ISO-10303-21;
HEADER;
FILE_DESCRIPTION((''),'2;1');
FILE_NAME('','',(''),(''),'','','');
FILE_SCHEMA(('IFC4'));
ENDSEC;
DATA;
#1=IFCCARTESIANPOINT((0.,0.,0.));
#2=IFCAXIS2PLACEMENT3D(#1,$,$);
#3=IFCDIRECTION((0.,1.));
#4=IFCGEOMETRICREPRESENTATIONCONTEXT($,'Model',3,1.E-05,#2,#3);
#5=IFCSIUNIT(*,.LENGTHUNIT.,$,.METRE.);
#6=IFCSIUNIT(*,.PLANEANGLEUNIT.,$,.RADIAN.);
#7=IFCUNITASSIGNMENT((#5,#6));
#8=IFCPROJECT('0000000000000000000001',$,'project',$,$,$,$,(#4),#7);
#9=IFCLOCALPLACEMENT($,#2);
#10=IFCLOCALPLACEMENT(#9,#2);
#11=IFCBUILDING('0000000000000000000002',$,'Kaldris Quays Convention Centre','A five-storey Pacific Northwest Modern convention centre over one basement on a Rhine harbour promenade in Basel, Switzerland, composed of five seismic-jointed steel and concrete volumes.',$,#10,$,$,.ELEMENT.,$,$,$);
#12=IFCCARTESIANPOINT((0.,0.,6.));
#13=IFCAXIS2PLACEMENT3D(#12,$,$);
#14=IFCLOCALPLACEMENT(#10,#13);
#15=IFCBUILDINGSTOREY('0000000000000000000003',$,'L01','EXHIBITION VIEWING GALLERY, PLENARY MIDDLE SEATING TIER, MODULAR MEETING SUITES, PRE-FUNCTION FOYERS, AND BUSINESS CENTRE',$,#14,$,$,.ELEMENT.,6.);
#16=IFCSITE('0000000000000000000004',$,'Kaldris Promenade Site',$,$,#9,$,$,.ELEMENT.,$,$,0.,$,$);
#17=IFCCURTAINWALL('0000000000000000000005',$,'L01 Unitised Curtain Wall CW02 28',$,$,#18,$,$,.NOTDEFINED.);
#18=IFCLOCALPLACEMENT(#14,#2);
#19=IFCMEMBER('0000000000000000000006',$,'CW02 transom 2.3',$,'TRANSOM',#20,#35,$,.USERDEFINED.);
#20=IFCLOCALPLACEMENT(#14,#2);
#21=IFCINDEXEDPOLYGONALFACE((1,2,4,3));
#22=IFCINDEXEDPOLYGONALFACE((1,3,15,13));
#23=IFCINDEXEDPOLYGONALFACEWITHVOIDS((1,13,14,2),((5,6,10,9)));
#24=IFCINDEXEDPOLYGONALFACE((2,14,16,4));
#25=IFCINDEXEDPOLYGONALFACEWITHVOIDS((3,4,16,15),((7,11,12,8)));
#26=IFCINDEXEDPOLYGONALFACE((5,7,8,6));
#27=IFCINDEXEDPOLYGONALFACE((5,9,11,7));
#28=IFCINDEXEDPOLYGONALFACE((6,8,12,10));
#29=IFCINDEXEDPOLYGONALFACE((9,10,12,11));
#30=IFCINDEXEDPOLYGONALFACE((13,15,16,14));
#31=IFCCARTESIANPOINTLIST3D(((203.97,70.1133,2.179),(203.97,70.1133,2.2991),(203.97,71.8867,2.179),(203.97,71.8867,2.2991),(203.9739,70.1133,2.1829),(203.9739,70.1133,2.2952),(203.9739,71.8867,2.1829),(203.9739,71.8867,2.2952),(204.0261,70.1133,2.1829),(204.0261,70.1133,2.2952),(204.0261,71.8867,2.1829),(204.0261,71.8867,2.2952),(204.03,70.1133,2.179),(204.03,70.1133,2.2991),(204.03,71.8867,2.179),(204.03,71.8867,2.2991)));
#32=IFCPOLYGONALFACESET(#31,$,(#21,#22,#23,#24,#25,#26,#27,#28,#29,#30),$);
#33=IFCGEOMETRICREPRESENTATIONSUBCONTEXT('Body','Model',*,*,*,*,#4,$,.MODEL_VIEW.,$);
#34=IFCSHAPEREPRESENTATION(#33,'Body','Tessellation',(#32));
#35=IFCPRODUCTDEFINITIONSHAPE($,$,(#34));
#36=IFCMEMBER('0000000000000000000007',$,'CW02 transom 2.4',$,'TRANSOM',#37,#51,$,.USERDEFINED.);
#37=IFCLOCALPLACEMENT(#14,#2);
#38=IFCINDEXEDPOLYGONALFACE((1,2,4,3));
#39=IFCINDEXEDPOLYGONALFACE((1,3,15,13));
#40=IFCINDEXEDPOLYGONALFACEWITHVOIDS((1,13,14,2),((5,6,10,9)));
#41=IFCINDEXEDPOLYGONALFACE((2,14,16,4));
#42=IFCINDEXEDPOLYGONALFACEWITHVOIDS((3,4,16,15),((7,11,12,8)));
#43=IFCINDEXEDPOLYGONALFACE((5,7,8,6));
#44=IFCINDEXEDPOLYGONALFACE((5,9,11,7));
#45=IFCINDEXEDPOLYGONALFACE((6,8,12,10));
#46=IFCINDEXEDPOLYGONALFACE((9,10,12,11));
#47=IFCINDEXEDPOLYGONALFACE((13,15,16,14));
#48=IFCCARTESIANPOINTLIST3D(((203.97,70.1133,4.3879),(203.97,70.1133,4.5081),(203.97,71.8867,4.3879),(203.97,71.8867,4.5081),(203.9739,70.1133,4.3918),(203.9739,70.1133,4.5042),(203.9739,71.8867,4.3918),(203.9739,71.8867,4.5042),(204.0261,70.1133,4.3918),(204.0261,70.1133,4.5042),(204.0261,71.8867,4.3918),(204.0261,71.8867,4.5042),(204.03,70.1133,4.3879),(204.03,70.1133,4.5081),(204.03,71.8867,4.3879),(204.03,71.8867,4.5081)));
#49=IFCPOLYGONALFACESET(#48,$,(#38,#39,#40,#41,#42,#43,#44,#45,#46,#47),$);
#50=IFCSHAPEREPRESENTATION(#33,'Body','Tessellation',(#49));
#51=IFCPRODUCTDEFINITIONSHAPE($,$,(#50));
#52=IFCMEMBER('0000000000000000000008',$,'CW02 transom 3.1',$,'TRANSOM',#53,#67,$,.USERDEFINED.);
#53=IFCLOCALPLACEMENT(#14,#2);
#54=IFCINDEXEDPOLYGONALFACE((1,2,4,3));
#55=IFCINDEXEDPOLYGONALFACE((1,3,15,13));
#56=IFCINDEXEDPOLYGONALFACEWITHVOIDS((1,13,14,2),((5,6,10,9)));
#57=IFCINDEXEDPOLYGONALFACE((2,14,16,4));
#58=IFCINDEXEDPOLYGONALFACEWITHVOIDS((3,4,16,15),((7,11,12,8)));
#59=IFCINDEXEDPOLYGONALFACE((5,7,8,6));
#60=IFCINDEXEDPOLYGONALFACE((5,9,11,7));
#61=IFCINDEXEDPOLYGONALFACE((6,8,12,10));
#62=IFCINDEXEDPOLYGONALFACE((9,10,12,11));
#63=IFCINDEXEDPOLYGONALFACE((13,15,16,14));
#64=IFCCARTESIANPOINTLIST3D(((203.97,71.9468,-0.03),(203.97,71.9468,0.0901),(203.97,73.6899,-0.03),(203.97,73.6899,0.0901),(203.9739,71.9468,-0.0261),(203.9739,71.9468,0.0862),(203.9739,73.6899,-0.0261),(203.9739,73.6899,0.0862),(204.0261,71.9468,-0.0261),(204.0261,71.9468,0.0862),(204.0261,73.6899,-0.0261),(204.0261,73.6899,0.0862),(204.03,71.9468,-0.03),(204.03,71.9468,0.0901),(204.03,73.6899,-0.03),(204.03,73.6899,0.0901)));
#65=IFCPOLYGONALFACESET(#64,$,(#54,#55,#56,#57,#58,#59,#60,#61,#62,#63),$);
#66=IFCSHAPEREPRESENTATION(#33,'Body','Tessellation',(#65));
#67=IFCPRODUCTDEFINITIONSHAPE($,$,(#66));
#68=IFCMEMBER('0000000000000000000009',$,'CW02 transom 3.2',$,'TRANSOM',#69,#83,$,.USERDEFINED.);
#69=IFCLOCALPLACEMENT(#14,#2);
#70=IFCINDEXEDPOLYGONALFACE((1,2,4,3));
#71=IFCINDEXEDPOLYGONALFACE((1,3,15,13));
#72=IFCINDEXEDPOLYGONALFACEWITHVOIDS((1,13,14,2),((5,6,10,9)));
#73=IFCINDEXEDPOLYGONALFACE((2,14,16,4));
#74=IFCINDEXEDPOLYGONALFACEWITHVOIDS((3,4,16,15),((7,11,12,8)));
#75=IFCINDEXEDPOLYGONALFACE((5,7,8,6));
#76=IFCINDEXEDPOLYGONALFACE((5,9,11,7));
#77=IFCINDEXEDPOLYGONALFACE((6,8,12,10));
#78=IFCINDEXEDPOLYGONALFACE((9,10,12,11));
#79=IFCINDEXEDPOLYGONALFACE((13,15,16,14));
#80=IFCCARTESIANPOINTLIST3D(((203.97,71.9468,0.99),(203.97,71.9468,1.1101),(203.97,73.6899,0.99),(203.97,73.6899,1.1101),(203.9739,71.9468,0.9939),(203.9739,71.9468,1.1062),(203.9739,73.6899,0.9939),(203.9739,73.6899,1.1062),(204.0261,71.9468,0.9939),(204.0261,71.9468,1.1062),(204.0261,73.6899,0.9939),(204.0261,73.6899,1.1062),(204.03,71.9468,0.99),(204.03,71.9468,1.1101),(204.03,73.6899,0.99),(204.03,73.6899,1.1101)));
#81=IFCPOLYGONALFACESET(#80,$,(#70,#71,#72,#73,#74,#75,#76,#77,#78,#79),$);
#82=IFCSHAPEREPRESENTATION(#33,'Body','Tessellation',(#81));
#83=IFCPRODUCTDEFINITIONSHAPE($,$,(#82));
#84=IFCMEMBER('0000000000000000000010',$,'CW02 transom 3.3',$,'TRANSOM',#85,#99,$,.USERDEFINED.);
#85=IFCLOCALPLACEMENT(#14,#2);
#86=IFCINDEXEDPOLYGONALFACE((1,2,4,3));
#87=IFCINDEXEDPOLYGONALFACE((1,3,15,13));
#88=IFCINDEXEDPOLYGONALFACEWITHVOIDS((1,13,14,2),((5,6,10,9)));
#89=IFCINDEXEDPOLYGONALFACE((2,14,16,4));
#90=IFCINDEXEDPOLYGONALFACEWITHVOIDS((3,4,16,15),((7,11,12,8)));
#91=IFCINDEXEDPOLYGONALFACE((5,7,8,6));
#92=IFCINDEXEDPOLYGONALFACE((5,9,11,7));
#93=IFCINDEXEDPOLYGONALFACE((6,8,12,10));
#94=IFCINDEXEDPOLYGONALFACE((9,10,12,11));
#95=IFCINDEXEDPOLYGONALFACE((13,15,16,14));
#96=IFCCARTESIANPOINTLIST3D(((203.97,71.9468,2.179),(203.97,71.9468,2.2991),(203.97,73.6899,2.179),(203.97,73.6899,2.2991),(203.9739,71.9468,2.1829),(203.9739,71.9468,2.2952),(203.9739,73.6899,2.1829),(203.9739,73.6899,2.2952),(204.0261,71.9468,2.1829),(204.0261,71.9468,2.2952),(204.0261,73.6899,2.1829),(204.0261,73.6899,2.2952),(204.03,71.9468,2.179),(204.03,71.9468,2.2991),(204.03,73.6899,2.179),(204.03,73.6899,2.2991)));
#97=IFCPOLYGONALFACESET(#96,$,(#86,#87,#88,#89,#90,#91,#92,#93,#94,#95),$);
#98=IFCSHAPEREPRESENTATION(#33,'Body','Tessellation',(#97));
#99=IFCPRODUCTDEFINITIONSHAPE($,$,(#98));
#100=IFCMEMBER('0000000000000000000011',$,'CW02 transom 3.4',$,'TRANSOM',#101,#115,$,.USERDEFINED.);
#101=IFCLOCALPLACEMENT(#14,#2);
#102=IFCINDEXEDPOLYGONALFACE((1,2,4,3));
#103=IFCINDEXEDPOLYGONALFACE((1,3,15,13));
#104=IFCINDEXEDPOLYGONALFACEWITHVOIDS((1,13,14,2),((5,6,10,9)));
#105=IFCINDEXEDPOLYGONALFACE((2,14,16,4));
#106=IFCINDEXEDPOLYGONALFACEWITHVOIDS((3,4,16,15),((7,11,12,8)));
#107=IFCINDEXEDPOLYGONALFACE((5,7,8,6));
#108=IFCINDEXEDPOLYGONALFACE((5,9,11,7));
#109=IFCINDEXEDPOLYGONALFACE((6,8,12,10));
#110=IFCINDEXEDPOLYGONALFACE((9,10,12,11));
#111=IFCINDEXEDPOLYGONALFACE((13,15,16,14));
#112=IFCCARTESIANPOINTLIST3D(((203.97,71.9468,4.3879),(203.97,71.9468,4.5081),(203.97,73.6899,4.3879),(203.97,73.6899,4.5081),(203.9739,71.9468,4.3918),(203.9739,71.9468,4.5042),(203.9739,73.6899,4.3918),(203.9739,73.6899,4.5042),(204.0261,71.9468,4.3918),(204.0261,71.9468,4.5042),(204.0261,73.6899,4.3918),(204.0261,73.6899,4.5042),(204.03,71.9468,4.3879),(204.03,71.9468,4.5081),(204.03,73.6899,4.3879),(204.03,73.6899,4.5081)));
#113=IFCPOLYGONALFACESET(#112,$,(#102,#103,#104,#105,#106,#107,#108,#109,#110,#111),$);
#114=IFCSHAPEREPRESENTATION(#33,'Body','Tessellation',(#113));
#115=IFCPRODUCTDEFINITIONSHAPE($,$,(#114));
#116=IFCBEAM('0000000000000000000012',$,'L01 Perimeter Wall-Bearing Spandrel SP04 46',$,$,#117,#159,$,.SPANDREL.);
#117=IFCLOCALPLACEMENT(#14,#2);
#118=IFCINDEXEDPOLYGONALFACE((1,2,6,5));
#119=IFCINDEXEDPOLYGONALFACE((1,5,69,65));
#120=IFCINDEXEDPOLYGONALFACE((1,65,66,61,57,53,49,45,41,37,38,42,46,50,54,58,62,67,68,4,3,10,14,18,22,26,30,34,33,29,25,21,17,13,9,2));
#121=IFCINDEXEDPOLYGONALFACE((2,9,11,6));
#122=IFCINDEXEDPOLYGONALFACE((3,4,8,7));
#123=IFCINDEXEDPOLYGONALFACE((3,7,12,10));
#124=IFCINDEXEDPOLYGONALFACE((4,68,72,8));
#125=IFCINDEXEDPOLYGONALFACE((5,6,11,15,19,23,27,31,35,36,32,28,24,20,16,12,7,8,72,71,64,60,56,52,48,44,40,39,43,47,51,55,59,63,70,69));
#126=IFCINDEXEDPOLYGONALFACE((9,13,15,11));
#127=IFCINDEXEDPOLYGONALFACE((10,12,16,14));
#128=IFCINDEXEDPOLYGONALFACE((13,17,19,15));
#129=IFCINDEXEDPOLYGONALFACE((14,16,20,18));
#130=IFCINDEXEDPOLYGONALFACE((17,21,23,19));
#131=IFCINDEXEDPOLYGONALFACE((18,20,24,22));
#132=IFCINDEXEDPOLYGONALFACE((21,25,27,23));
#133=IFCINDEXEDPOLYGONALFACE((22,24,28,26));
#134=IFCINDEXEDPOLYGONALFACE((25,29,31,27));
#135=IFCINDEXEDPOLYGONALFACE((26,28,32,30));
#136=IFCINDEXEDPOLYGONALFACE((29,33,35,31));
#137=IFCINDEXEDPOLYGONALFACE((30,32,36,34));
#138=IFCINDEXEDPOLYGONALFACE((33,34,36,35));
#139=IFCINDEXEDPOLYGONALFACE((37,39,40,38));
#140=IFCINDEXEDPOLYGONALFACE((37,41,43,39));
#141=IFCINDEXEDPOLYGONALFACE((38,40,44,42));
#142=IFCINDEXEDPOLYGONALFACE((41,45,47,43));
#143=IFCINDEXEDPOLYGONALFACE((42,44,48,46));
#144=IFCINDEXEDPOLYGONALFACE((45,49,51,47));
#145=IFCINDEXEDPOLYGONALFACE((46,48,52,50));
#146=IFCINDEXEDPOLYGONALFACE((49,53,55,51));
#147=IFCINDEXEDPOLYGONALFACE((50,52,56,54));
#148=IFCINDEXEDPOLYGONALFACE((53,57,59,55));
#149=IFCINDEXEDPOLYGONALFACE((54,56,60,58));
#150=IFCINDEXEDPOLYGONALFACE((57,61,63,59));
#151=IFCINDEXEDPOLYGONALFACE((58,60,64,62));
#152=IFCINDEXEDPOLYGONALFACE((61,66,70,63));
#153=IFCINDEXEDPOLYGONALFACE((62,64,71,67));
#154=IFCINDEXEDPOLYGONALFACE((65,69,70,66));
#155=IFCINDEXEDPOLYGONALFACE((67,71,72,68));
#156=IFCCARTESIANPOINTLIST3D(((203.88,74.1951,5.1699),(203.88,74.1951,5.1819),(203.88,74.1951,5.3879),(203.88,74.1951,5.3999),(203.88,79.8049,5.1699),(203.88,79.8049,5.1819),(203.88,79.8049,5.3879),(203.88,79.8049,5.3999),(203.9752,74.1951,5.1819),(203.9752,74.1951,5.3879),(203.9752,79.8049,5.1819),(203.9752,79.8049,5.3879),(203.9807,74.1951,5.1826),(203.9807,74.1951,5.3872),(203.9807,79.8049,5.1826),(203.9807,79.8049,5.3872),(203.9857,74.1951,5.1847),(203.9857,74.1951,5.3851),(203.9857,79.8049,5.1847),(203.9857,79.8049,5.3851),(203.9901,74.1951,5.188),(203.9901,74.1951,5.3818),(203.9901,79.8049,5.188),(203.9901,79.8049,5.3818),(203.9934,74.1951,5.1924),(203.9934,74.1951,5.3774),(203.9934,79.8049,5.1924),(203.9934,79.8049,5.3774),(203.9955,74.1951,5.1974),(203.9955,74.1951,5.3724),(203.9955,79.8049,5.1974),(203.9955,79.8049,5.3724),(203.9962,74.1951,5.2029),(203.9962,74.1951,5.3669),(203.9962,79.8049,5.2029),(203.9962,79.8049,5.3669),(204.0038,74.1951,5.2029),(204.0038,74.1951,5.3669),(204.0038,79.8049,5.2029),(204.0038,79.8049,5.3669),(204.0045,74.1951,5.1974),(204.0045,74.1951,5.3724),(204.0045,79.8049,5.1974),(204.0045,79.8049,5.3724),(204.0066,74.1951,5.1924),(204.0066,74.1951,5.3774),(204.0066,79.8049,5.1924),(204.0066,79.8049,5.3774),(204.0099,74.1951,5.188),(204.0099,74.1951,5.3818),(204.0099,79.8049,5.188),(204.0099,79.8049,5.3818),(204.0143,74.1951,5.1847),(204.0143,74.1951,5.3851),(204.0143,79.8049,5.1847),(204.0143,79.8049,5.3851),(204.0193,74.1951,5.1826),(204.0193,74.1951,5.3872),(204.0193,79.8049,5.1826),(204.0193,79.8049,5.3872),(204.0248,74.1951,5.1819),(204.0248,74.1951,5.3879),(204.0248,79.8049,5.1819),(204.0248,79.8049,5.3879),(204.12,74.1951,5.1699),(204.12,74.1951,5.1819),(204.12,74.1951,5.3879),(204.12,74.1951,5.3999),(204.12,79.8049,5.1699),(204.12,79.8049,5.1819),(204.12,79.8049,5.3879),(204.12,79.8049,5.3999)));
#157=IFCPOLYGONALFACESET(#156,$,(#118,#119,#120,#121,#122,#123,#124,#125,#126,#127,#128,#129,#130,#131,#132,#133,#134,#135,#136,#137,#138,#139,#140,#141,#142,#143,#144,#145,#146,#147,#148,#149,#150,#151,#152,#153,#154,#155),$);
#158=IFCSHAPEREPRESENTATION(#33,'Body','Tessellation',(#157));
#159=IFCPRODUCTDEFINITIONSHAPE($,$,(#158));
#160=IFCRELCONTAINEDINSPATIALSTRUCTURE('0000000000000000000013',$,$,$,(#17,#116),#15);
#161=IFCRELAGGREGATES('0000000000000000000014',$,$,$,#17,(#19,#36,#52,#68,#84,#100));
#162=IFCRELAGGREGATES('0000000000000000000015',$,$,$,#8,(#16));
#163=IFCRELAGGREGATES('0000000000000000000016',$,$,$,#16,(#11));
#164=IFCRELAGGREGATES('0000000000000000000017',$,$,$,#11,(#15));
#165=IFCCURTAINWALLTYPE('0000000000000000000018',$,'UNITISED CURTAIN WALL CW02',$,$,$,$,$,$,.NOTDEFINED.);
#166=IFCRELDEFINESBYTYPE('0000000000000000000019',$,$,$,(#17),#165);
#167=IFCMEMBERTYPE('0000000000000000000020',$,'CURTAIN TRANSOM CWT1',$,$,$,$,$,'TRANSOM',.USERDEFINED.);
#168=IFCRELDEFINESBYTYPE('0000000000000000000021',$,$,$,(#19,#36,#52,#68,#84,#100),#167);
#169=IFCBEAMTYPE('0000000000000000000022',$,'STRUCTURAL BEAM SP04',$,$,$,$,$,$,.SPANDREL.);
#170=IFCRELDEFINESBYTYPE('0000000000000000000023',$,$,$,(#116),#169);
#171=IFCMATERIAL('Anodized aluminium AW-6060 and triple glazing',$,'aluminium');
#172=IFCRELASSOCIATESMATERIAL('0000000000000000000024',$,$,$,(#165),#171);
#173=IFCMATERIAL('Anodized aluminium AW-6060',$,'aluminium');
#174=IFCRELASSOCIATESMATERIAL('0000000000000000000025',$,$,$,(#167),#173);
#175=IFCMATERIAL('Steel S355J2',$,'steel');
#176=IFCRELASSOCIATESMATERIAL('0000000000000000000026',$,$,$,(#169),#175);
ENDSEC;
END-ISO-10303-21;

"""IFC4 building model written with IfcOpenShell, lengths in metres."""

from ifc_helpers import new_model, si_unit, direction, frame, origin, origin_2d, place, context, subcontext, project, spatial, hollow_rectangle, i_section, extrude, material, material_profile, profile_set, type_object, element, aggregate, save


model = new_model("IFC4")

# Units and contexts
model_context = context("Model", 3, precision=1e-05, world=origin(), true_north=direction((0.0, 1.0)))
body_context = subcontext(model_context, "Body", "Model", "MODEL_VIEW")
ifc_project = project(units=[si_unit("LENGTHUNIT", "METRE"), si_unit("PLANEANGLEUNIT", "RADIAN")], contexts=[model_context])

# Site, building, storey
site_placement = place(None, origin())
site = spatial("IfcSite", under=ifc_project, at=site_placement, Name="Kaldris Promenade Site", CompositionType="ELEMENT", RefElevation=0.0)
building_placement = place(site_placement, origin())
building = spatial("IfcBuilding", under=site, at=building_placement, Name="Kaldris Quays Convention Centre", Description="A five-storey Pacific Northwest Modern convention centre over one basement on a Rhine harbour promenade in Basel, Switzerland, composed of five seismic-jointed steel and concrete volumes.", CompositionType="ELEMENT")
storey_placement = place(building_placement, frame((0.0, 0.0, 6.0)))
storey = spatial("IfcBuildingStorey", under=building, at=storey_placement, Name="L01", Description="EXHIBITION VIEWING GALLERY, PLENARY MIDDLE SEATING TIER, MODULAR MEETING SUITES, PRE-FUNCTION FOYERS, AND BUSINESS CENTRE", CompositionType="ELEMENT", Elevation=6.0)

# Shared definitions
ifc_material_1 = material(Name="Steel S355J2", Category="steel")

# Curtain wall, members
ifc_material_2 = material(Name="Anodized aluminium AW-6060 and triple glazing", Category="aluminium")
curtain_wall_type = type_object("IfcCurtainWallType", Name="UNITISED CURTAIN WALL CW02", PredefinedType="NOTDEFINED", material=ifc_material_2)
curtain_wall_placement = place(storey_placement, origin())
curtain_wall = element("IfcCurtainWall", 1, at=curtain_wall_placement, inside=storey, type_object=curtain_wall_type, Name="L01 Unitised Curtain Wall CW02 28", PredefinedType="NOTDEFINED")
ifc_material_3 = material(Name="Anodized aluminium AW-6060", Category="aluminium")
ifc_material_profile_1 = material_profile(ifc_material_3, hollow_rectangle(XDim=0.0601, YDim=0.1201, WallThickness=0.0039, at=origin_2d()), Name="RHS 120x60x4")
ifc_profile_set_1 = profile_set([ifc_material_profile_1], Name="Anodized aluminium AW-6060")
member_type_1 = type_object("IfcMemberType", Name="CURTAIN TRANSOM CWT1", ElementType="TRANSOM", PredefinedType="USERDEFINED", material=ifc_profile_set_1)
member_1_placement = place(storey_placement, frame((204.0, 70.1133, 2.239), z_axis=(0.0, 1.0, 0.0), x_axis=(-1.0, 0.0, 0.0)))
member_1 = element("IfcMember", 2, at=member_1_placement, type_object=member_type_1, Name="CW02 transom 2.3", ObjectType="TRANSOM", PredefinedType="USERDEFINED", context=body_context, shape_type="SweptSolid", body=[
    extrude(hollow_rectangle(XDim=0.0601, YDim=0.1201, WallThickness=0.0039, at=origin_2d()), origin(), (0.0, 0.0, 1.0), 1.7734),
])
member_2_placement = place(storey_placement, frame((204.0, 70.1133, 4.448), z_axis=(0.0, 1.0, 0.0), x_axis=(-1.0, 0.0, 0.0)))
member_2 = element("IfcMember", 3, at=member_2_placement, type_object=member_type_1, Name="CW02 transom 2.4", ObjectType="TRANSOM", PredefinedType="USERDEFINED", context=body_context, shape_type="SweptSolid", body=[
    extrude(hollow_rectangle(XDim=0.0601, YDim=0.1201, WallThickness=0.0039, at=origin_2d()), origin(), (0.0, 0.0, 1.0), 1.7734),
])
member_3_placement = place(storey_placement, frame((204.0, 71.9468, 0.03), z_axis=(0.0, 1.0, 0.0), x_axis=(-1.0, 0.0, 0.0)))
member_3 = element("IfcMember", 4, at=member_3_placement, type_object=member_type_1, Name="CW02 transom 3.1", ObjectType="TRANSOM", PredefinedType="USERDEFINED", context=body_context, shape_type="SweptSolid", body=[
    extrude(hollow_rectangle(XDim=0.0601, YDim=0.1201, WallThickness=0.0039, at=origin_2d()), origin(), (0.0, 0.0, 1.0), 1.7432),
])
member_4_placement = place(storey_placement, frame((204.0, 71.9468, 1.05), z_axis=(0.0, 1.0, 0.0), x_axis=(-1.0, 0.0, 0.0)))
member_4 = element("IfcMember", 5, at=member_4_placement, type_object=member_type_1, Name="CW02 transom 3.2", ObjectType="TRANSOM", PredefinedType="USERDEFINED", context=body_context, shape_type="SweptSolid", body=[
    extrude(hollow_rectangle(XDim=0.0601, YDim=0.1201, WallThickness=0.0039, at=origin_2d()), origin(), (0.0, 0.0, 1.0), 1.7432),
])
member_5_placement = place(storey_placement, frame((204.0, 71.9468, 2.239), z_axis=(0.0, 1.0, 0.0), x_axis=(-1.0, 0.0, 0.0)))
member_5 = element("IfcMember", 6, at=member_5_placement, type_object=member_type_1, Name="CW02 transom 3.3", ObjectType="TRANSOM", PredefinedType="USERDEFINED", context=body_context, shape_type="SweptSolid", body=[
    extrude(hollow_rectangle(XDim=0.0601, YDim=0.1201, WallThickness=0.0039, at=origin_2d()), origin(), (0.0, 0.0, 1.0), 1.7432),
])
member_6_placement = place(storey_placement, frame((204.0, 71.9468, 4.448), z_axis=(0.0, 1.0, 0.0), x_axis=(-1.0, 0.0, 0.0)))
member_6 = element("IfcMember", 7, at=member_6_placement, type_object=member_type_1, Name="CW02 transom 3.4", ObjectType="TRANSOM", PredefinedType="USERDEFINED", context=body_context, shape_type="SweptSolid", body=[
    extrude(hollow_rectangle(XDim=0.0601, YDim=0.1201, WallThickness=0.0039, at=origin_2d()), origin(), (0.0, 0.0, 1.0), 1.7432),
])

# Beam
ifc_material_profile_2 = material_profile(ifc_material_1, i_section(OverallWidth=0.24, OverallDepth=0.23, WebThickness=0.0076, FlangeThickness=0.012, FilletRadius=0.021, at=origin_2d()), Name="HEA 240")
ifc_profile_set_2 = profile_set([ifc_material_profile_2], Name="Steel S355J2")
beam_type_1 = type_object("IfcBeamType", Name="STRUCTURAL BEAM SP04", PredefinedType="SPANDREL", material=ifc_profile_set_2)
beam_1_placement = place(storey_placement, frame((204.0, 74.1951, 5.2849), z_axis=(0.0, 1.0, 0.0), x_axis=(-1.0, 0.0, 0.0)))
element("IfcBeam", 8, at=beam_1_placement, inside=storey, type_object=beam_type_1, Name="L01 Perimeter Wall-Bearing Spandrel SP04 46", PredefinedType="SPANDREL", context=body_context, shape_type="SweptSolid", body=[
    extrude(i_section(OverallWidth=0.24, OverallDepth=0.23, WebThickness=0.0076, FlangeThickness=0.012, FilletRadius=0.021, at=origin_2d()), origin(), (0.0, 0.0, 1.0), 5.6099),
])

aggregate(curtain_wall, [member_1, member_2, member_3, member_4, member_5, member_6])

save(model, "model.ifc")
